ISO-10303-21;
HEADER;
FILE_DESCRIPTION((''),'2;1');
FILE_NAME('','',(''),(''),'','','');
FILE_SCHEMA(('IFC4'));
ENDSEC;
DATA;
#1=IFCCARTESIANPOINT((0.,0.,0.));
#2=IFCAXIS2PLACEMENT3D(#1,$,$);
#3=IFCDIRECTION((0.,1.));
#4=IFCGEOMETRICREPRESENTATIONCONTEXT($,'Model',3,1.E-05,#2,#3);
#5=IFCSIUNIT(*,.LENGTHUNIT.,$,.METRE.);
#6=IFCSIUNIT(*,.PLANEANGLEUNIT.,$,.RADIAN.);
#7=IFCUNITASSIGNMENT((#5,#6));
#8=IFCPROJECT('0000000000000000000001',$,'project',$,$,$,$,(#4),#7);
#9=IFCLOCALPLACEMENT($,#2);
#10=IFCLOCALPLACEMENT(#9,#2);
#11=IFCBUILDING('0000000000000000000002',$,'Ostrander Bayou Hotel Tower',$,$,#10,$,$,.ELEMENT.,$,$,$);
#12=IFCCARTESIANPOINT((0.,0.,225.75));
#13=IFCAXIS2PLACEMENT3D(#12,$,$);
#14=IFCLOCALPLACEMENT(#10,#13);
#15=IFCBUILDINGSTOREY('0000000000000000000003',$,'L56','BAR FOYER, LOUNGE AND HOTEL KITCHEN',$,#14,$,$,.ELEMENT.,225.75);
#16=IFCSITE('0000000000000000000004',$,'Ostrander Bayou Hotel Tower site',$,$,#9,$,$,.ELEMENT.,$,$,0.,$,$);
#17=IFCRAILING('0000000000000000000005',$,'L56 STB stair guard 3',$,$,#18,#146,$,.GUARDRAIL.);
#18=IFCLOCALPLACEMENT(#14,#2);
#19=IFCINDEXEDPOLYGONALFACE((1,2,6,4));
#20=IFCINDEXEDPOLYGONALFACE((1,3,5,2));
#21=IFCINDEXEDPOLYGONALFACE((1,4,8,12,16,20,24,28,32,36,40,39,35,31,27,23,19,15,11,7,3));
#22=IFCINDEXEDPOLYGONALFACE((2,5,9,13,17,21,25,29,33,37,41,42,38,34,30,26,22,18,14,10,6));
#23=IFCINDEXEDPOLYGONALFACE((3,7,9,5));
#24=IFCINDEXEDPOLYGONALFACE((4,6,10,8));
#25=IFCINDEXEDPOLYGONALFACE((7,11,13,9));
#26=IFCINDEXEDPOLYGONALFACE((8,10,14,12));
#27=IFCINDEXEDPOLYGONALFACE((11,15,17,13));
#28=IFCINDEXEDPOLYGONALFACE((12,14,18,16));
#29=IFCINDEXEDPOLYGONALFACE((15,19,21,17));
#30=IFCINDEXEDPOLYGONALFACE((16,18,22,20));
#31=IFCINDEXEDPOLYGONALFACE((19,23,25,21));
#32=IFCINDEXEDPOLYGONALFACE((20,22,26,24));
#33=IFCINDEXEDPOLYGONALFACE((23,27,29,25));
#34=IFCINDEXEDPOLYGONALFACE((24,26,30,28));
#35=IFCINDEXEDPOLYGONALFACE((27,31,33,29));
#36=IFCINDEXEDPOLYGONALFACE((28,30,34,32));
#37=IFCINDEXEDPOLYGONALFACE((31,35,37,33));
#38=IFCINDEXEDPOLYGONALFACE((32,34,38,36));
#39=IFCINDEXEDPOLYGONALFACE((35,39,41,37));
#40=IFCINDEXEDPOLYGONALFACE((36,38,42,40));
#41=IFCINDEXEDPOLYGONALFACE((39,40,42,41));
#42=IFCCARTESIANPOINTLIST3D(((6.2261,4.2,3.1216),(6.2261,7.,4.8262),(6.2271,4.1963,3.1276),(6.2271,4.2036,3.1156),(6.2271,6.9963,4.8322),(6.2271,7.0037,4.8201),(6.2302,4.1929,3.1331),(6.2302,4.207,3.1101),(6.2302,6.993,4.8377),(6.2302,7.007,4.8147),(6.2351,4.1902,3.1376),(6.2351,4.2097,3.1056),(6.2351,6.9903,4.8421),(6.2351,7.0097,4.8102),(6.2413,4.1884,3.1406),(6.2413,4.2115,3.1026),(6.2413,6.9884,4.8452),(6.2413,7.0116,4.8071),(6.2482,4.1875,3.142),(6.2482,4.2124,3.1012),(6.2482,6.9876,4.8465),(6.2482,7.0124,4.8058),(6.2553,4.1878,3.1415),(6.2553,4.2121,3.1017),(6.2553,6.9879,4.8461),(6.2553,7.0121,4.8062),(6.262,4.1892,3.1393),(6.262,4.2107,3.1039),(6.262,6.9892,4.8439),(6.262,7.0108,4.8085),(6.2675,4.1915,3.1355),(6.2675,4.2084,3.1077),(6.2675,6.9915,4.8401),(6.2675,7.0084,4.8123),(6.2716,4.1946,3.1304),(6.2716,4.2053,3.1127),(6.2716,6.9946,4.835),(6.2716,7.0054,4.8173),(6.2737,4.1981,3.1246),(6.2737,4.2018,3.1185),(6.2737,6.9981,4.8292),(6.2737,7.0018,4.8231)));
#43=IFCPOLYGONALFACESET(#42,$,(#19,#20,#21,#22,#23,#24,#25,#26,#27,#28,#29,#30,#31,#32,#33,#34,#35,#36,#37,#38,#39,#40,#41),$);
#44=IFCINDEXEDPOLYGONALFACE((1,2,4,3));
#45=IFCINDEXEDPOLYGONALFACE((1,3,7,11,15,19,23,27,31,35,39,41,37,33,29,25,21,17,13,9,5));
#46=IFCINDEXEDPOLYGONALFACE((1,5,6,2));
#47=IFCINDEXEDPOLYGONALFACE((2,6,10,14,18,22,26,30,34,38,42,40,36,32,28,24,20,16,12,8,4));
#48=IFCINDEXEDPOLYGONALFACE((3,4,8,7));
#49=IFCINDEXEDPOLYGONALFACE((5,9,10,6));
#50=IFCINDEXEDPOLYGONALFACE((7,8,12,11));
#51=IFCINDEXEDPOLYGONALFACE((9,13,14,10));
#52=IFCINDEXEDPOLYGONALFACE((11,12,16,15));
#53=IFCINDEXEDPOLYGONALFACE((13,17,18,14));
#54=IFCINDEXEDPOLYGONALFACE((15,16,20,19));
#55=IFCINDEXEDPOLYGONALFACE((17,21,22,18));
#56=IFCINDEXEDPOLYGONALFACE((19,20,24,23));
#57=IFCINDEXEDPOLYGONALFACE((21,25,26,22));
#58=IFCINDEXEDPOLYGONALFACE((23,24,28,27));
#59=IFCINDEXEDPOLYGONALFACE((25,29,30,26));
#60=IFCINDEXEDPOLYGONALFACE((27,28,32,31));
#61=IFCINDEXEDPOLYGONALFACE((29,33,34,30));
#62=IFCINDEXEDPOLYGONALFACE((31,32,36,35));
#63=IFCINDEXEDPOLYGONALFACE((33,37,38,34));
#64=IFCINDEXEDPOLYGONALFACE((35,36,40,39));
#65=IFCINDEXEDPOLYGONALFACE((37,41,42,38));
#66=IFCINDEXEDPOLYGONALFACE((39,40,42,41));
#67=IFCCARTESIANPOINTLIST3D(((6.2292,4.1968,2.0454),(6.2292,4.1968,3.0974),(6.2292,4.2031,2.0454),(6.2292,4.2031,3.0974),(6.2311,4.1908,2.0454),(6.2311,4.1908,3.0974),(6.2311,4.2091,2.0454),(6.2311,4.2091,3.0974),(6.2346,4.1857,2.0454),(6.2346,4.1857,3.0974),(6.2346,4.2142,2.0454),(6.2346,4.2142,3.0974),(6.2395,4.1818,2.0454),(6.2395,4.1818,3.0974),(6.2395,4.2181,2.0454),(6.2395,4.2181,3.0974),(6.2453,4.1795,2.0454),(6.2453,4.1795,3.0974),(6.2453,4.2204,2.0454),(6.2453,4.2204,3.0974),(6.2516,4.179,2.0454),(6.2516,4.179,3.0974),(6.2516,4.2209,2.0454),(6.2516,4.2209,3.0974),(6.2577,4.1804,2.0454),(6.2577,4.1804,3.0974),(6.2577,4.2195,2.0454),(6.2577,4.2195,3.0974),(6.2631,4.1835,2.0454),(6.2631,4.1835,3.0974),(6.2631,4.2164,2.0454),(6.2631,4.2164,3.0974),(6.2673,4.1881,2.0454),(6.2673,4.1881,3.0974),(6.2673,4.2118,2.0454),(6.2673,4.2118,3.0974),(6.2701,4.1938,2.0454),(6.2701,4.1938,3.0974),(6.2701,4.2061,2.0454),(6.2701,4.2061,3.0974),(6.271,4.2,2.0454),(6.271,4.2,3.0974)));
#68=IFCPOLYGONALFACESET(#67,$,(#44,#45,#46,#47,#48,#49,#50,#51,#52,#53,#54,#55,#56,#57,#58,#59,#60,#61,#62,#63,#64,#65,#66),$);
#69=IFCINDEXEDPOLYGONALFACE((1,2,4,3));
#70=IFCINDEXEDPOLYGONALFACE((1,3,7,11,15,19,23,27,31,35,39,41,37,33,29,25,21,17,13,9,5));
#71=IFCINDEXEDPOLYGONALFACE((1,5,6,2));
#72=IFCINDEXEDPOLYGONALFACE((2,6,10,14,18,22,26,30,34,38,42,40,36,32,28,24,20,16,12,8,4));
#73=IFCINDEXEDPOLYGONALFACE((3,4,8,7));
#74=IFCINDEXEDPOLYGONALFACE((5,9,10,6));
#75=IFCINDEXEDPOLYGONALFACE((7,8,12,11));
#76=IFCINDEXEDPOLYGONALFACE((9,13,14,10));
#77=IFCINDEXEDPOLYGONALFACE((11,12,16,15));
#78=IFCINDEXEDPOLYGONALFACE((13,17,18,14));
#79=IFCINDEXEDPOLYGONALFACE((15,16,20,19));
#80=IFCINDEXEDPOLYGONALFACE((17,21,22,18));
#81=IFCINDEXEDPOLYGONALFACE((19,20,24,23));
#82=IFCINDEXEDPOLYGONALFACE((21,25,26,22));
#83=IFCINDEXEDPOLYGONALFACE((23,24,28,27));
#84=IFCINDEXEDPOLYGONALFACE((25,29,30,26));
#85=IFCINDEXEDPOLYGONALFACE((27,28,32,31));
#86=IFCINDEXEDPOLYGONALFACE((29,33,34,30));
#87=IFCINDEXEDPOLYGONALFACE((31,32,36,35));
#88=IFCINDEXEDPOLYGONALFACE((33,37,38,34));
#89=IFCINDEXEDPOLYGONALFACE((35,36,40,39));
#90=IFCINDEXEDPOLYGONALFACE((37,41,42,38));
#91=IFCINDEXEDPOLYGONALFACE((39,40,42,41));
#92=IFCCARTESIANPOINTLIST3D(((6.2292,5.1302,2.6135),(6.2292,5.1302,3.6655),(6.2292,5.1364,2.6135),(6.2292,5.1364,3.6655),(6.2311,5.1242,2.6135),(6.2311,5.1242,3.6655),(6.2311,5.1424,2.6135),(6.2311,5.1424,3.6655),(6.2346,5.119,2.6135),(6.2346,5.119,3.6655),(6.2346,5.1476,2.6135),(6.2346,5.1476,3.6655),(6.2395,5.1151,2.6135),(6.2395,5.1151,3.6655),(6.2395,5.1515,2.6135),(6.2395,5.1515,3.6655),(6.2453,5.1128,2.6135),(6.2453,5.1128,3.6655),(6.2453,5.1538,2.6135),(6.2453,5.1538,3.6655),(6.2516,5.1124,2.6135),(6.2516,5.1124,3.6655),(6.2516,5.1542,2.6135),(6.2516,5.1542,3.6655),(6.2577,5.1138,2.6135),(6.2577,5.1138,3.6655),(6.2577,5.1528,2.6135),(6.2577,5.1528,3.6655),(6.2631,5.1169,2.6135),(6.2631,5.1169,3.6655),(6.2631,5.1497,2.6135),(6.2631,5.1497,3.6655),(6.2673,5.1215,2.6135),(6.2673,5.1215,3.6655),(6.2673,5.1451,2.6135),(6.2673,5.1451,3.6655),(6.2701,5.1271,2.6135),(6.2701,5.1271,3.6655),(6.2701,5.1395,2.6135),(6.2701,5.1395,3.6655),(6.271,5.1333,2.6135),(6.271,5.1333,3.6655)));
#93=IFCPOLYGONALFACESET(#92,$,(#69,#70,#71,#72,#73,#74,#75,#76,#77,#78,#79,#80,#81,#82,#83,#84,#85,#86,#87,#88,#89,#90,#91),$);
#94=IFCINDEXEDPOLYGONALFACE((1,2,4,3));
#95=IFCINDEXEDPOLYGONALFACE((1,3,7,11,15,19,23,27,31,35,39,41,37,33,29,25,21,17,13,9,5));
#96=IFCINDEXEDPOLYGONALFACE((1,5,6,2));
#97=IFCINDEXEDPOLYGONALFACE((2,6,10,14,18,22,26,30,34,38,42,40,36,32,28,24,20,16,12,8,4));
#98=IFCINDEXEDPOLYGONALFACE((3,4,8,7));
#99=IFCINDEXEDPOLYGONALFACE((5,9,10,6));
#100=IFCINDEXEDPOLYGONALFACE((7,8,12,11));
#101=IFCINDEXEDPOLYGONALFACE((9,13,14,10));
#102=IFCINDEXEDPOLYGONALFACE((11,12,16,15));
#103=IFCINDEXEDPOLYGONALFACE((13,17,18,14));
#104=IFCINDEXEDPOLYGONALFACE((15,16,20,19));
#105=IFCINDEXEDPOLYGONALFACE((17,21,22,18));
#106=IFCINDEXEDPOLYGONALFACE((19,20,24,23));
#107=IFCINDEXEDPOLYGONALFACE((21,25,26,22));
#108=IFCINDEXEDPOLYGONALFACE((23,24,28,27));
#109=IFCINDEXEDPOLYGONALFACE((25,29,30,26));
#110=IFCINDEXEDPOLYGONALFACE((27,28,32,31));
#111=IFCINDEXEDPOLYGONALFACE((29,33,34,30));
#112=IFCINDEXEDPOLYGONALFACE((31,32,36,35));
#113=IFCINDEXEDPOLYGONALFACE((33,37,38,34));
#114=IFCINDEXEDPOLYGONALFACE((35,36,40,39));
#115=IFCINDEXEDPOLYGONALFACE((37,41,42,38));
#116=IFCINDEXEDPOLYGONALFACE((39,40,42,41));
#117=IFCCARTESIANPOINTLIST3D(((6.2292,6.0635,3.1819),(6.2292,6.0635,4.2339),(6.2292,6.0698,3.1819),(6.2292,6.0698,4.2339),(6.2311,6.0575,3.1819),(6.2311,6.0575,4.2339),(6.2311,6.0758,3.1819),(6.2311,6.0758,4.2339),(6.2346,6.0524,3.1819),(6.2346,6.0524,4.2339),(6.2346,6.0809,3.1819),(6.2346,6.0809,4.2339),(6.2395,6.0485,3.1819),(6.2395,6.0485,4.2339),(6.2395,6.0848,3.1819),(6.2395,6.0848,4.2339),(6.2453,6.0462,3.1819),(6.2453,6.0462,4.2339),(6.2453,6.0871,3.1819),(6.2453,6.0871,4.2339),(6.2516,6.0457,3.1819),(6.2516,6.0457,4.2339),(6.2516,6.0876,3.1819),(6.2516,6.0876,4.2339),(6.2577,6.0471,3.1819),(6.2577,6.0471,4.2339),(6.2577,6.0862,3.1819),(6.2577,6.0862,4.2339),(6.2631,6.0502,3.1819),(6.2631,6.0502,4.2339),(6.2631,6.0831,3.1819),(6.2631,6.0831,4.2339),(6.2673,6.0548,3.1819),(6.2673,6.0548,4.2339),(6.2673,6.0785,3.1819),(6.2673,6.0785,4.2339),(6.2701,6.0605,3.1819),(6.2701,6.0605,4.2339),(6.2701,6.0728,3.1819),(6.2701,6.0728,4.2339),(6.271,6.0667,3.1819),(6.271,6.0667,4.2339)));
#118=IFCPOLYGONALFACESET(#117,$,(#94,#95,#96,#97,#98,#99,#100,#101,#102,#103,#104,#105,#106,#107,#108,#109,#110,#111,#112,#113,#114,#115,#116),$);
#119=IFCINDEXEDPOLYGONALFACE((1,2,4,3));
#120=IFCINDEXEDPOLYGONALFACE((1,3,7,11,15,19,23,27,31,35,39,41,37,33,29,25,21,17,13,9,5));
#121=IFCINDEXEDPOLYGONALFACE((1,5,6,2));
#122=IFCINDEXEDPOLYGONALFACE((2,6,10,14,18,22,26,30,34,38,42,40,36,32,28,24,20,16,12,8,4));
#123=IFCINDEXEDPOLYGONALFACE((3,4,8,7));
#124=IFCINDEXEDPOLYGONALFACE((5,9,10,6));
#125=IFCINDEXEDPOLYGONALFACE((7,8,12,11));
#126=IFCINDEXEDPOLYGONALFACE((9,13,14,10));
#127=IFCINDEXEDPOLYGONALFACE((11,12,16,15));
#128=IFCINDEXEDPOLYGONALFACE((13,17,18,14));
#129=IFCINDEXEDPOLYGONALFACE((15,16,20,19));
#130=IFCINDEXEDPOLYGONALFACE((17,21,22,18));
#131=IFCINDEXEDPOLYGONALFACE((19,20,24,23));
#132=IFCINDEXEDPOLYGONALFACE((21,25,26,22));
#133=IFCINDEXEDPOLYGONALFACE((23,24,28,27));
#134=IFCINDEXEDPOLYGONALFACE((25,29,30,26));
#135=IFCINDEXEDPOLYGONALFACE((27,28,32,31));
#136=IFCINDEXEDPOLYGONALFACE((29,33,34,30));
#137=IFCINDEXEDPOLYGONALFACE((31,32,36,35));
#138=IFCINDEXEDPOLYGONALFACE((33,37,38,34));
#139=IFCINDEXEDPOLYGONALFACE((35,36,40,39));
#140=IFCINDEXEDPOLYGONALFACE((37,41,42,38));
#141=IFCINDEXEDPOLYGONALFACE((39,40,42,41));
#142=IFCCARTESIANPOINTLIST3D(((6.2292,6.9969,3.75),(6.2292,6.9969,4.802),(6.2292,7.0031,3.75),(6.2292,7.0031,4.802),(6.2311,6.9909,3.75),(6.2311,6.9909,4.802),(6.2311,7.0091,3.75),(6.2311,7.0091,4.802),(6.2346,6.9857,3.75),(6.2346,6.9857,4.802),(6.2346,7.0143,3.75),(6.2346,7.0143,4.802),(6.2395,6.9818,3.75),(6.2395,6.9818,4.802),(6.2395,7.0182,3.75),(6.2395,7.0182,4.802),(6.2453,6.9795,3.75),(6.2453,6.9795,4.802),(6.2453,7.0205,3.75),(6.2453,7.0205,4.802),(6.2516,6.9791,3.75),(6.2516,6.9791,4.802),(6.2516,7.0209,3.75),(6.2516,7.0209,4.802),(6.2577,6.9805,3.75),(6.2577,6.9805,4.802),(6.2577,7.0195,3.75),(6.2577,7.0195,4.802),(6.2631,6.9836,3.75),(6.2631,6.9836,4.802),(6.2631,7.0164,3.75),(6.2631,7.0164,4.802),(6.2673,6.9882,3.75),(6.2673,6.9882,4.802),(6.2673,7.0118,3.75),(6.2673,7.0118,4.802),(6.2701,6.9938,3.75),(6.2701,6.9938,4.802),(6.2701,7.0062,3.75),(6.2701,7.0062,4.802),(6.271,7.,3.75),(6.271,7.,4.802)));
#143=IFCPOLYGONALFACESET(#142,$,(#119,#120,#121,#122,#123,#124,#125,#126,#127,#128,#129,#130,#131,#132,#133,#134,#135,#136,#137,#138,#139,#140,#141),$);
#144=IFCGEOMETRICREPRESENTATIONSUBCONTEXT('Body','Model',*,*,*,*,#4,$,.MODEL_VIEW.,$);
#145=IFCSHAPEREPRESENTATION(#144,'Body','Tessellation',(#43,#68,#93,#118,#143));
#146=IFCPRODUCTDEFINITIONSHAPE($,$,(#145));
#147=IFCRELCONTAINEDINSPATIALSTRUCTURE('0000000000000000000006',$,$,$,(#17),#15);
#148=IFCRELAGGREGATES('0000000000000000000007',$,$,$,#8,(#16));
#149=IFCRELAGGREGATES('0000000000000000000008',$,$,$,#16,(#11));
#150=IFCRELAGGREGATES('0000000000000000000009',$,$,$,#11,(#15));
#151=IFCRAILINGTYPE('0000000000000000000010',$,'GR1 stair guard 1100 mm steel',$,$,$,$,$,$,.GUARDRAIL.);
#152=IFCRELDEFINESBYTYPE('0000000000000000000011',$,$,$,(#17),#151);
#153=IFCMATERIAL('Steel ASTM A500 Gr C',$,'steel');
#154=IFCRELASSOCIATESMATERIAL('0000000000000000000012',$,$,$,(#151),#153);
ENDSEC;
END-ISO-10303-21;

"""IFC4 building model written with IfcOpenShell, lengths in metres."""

from ifc_helpers import new_model, si_unit, direction, frame, origin, origin_2d, place, context, subcontext, project, spatial, circle, extrude, material, type_object, element, save


model = new_model("IFC4")

# Units and contexts
model_context = context("Model", 3, precision=1e-05, world=origin(), true_north=direction((0.0, 1.0)))
body_context = subcontext(model_context, "Body", "Model", "MODEL_VIEW")
ifc_project = project(units=[si_unit("LENGTHUNIT", "METRE"), si_unit("PLANEANGLEUNIT", "RADIAN")], contexts=[model_context])

# Site, building, storey
site_placement = place(None, origin())
site = spatial("IfcSite", under=ifc_project, at=site_placement, Name="Ostrander Bayou Hotel Tower site", CompositionType="ELEMENT", RefElevation=0.0)
building_placement = place(site_placement, origin())
building = spatial("IfcBuilding", under=site, at=building_placement, Name="Ostrander Bayou Hotel Tower", CompositionType="ELEMENT")
storey_placement = place(building_placement, frame((0.0, 0.0, 225.75)))
storey = spatial("IfcBuildingStorey", under=building, at=storey_placement, Name="L56", Description="BAR FOYER, LOUNGE AND HOTEL KITCHEN", CompositionType="ELEMENT", Elevation=225.75)

# Railing
ifc_material_1 = material(Name="Steel ASTM A500 Gr C", Category="steel")
railing_type_1 = type_object("IfcRailingType", Name="GR1 stair guard 1100 mm steel", PredefinedType="GUARDRAIL", material=ifc_material_1)
railing_1_placement = place(storey_placement, frame((6.25, 4.2, 2.0454)))
element("IfcRailing", 1, at=railing_1_placement, inside=storey, type_object=railing_type_1, Name="L56 STB stair guard 3", PredefinedType="GUARDRAIL", context=body_context, shape_type="SweptSolid", body=[
    extrude(circle(Radius=0.0239, at=origin_2d()), frame((0.0, 0.0, 1.0762), z_axis=(0.0, 0.85417, 0.519994), x_axis=(-1.0, 0.0, 0.0)), (0.0, 0.0, 1.0), 3.2781),
    extrude(circle(Radius=0.021, at=origin_2d()), origin(), (0.0, 0.0, 1.0), 1.052),
    extrude(circle(Radius=0.021, at=origin_2d()), frame((0.0, 0.9333, 0.5681)), (0.0, 0.0, 1.0), 1.052),
    extrude(circle(Radius=0.021, at=origin_2d()), frame((0.0, 1.8667, 1.1365)), (0.0, 0.0, 1.0), 1.052),
    extrude(circle(Radius=0.021, at=origin_2d()), frame((0.0, 2.8, 1.7046)), (0.0, 0.0, 1.0), 1.052),
])

save(model, "model.ifc")
